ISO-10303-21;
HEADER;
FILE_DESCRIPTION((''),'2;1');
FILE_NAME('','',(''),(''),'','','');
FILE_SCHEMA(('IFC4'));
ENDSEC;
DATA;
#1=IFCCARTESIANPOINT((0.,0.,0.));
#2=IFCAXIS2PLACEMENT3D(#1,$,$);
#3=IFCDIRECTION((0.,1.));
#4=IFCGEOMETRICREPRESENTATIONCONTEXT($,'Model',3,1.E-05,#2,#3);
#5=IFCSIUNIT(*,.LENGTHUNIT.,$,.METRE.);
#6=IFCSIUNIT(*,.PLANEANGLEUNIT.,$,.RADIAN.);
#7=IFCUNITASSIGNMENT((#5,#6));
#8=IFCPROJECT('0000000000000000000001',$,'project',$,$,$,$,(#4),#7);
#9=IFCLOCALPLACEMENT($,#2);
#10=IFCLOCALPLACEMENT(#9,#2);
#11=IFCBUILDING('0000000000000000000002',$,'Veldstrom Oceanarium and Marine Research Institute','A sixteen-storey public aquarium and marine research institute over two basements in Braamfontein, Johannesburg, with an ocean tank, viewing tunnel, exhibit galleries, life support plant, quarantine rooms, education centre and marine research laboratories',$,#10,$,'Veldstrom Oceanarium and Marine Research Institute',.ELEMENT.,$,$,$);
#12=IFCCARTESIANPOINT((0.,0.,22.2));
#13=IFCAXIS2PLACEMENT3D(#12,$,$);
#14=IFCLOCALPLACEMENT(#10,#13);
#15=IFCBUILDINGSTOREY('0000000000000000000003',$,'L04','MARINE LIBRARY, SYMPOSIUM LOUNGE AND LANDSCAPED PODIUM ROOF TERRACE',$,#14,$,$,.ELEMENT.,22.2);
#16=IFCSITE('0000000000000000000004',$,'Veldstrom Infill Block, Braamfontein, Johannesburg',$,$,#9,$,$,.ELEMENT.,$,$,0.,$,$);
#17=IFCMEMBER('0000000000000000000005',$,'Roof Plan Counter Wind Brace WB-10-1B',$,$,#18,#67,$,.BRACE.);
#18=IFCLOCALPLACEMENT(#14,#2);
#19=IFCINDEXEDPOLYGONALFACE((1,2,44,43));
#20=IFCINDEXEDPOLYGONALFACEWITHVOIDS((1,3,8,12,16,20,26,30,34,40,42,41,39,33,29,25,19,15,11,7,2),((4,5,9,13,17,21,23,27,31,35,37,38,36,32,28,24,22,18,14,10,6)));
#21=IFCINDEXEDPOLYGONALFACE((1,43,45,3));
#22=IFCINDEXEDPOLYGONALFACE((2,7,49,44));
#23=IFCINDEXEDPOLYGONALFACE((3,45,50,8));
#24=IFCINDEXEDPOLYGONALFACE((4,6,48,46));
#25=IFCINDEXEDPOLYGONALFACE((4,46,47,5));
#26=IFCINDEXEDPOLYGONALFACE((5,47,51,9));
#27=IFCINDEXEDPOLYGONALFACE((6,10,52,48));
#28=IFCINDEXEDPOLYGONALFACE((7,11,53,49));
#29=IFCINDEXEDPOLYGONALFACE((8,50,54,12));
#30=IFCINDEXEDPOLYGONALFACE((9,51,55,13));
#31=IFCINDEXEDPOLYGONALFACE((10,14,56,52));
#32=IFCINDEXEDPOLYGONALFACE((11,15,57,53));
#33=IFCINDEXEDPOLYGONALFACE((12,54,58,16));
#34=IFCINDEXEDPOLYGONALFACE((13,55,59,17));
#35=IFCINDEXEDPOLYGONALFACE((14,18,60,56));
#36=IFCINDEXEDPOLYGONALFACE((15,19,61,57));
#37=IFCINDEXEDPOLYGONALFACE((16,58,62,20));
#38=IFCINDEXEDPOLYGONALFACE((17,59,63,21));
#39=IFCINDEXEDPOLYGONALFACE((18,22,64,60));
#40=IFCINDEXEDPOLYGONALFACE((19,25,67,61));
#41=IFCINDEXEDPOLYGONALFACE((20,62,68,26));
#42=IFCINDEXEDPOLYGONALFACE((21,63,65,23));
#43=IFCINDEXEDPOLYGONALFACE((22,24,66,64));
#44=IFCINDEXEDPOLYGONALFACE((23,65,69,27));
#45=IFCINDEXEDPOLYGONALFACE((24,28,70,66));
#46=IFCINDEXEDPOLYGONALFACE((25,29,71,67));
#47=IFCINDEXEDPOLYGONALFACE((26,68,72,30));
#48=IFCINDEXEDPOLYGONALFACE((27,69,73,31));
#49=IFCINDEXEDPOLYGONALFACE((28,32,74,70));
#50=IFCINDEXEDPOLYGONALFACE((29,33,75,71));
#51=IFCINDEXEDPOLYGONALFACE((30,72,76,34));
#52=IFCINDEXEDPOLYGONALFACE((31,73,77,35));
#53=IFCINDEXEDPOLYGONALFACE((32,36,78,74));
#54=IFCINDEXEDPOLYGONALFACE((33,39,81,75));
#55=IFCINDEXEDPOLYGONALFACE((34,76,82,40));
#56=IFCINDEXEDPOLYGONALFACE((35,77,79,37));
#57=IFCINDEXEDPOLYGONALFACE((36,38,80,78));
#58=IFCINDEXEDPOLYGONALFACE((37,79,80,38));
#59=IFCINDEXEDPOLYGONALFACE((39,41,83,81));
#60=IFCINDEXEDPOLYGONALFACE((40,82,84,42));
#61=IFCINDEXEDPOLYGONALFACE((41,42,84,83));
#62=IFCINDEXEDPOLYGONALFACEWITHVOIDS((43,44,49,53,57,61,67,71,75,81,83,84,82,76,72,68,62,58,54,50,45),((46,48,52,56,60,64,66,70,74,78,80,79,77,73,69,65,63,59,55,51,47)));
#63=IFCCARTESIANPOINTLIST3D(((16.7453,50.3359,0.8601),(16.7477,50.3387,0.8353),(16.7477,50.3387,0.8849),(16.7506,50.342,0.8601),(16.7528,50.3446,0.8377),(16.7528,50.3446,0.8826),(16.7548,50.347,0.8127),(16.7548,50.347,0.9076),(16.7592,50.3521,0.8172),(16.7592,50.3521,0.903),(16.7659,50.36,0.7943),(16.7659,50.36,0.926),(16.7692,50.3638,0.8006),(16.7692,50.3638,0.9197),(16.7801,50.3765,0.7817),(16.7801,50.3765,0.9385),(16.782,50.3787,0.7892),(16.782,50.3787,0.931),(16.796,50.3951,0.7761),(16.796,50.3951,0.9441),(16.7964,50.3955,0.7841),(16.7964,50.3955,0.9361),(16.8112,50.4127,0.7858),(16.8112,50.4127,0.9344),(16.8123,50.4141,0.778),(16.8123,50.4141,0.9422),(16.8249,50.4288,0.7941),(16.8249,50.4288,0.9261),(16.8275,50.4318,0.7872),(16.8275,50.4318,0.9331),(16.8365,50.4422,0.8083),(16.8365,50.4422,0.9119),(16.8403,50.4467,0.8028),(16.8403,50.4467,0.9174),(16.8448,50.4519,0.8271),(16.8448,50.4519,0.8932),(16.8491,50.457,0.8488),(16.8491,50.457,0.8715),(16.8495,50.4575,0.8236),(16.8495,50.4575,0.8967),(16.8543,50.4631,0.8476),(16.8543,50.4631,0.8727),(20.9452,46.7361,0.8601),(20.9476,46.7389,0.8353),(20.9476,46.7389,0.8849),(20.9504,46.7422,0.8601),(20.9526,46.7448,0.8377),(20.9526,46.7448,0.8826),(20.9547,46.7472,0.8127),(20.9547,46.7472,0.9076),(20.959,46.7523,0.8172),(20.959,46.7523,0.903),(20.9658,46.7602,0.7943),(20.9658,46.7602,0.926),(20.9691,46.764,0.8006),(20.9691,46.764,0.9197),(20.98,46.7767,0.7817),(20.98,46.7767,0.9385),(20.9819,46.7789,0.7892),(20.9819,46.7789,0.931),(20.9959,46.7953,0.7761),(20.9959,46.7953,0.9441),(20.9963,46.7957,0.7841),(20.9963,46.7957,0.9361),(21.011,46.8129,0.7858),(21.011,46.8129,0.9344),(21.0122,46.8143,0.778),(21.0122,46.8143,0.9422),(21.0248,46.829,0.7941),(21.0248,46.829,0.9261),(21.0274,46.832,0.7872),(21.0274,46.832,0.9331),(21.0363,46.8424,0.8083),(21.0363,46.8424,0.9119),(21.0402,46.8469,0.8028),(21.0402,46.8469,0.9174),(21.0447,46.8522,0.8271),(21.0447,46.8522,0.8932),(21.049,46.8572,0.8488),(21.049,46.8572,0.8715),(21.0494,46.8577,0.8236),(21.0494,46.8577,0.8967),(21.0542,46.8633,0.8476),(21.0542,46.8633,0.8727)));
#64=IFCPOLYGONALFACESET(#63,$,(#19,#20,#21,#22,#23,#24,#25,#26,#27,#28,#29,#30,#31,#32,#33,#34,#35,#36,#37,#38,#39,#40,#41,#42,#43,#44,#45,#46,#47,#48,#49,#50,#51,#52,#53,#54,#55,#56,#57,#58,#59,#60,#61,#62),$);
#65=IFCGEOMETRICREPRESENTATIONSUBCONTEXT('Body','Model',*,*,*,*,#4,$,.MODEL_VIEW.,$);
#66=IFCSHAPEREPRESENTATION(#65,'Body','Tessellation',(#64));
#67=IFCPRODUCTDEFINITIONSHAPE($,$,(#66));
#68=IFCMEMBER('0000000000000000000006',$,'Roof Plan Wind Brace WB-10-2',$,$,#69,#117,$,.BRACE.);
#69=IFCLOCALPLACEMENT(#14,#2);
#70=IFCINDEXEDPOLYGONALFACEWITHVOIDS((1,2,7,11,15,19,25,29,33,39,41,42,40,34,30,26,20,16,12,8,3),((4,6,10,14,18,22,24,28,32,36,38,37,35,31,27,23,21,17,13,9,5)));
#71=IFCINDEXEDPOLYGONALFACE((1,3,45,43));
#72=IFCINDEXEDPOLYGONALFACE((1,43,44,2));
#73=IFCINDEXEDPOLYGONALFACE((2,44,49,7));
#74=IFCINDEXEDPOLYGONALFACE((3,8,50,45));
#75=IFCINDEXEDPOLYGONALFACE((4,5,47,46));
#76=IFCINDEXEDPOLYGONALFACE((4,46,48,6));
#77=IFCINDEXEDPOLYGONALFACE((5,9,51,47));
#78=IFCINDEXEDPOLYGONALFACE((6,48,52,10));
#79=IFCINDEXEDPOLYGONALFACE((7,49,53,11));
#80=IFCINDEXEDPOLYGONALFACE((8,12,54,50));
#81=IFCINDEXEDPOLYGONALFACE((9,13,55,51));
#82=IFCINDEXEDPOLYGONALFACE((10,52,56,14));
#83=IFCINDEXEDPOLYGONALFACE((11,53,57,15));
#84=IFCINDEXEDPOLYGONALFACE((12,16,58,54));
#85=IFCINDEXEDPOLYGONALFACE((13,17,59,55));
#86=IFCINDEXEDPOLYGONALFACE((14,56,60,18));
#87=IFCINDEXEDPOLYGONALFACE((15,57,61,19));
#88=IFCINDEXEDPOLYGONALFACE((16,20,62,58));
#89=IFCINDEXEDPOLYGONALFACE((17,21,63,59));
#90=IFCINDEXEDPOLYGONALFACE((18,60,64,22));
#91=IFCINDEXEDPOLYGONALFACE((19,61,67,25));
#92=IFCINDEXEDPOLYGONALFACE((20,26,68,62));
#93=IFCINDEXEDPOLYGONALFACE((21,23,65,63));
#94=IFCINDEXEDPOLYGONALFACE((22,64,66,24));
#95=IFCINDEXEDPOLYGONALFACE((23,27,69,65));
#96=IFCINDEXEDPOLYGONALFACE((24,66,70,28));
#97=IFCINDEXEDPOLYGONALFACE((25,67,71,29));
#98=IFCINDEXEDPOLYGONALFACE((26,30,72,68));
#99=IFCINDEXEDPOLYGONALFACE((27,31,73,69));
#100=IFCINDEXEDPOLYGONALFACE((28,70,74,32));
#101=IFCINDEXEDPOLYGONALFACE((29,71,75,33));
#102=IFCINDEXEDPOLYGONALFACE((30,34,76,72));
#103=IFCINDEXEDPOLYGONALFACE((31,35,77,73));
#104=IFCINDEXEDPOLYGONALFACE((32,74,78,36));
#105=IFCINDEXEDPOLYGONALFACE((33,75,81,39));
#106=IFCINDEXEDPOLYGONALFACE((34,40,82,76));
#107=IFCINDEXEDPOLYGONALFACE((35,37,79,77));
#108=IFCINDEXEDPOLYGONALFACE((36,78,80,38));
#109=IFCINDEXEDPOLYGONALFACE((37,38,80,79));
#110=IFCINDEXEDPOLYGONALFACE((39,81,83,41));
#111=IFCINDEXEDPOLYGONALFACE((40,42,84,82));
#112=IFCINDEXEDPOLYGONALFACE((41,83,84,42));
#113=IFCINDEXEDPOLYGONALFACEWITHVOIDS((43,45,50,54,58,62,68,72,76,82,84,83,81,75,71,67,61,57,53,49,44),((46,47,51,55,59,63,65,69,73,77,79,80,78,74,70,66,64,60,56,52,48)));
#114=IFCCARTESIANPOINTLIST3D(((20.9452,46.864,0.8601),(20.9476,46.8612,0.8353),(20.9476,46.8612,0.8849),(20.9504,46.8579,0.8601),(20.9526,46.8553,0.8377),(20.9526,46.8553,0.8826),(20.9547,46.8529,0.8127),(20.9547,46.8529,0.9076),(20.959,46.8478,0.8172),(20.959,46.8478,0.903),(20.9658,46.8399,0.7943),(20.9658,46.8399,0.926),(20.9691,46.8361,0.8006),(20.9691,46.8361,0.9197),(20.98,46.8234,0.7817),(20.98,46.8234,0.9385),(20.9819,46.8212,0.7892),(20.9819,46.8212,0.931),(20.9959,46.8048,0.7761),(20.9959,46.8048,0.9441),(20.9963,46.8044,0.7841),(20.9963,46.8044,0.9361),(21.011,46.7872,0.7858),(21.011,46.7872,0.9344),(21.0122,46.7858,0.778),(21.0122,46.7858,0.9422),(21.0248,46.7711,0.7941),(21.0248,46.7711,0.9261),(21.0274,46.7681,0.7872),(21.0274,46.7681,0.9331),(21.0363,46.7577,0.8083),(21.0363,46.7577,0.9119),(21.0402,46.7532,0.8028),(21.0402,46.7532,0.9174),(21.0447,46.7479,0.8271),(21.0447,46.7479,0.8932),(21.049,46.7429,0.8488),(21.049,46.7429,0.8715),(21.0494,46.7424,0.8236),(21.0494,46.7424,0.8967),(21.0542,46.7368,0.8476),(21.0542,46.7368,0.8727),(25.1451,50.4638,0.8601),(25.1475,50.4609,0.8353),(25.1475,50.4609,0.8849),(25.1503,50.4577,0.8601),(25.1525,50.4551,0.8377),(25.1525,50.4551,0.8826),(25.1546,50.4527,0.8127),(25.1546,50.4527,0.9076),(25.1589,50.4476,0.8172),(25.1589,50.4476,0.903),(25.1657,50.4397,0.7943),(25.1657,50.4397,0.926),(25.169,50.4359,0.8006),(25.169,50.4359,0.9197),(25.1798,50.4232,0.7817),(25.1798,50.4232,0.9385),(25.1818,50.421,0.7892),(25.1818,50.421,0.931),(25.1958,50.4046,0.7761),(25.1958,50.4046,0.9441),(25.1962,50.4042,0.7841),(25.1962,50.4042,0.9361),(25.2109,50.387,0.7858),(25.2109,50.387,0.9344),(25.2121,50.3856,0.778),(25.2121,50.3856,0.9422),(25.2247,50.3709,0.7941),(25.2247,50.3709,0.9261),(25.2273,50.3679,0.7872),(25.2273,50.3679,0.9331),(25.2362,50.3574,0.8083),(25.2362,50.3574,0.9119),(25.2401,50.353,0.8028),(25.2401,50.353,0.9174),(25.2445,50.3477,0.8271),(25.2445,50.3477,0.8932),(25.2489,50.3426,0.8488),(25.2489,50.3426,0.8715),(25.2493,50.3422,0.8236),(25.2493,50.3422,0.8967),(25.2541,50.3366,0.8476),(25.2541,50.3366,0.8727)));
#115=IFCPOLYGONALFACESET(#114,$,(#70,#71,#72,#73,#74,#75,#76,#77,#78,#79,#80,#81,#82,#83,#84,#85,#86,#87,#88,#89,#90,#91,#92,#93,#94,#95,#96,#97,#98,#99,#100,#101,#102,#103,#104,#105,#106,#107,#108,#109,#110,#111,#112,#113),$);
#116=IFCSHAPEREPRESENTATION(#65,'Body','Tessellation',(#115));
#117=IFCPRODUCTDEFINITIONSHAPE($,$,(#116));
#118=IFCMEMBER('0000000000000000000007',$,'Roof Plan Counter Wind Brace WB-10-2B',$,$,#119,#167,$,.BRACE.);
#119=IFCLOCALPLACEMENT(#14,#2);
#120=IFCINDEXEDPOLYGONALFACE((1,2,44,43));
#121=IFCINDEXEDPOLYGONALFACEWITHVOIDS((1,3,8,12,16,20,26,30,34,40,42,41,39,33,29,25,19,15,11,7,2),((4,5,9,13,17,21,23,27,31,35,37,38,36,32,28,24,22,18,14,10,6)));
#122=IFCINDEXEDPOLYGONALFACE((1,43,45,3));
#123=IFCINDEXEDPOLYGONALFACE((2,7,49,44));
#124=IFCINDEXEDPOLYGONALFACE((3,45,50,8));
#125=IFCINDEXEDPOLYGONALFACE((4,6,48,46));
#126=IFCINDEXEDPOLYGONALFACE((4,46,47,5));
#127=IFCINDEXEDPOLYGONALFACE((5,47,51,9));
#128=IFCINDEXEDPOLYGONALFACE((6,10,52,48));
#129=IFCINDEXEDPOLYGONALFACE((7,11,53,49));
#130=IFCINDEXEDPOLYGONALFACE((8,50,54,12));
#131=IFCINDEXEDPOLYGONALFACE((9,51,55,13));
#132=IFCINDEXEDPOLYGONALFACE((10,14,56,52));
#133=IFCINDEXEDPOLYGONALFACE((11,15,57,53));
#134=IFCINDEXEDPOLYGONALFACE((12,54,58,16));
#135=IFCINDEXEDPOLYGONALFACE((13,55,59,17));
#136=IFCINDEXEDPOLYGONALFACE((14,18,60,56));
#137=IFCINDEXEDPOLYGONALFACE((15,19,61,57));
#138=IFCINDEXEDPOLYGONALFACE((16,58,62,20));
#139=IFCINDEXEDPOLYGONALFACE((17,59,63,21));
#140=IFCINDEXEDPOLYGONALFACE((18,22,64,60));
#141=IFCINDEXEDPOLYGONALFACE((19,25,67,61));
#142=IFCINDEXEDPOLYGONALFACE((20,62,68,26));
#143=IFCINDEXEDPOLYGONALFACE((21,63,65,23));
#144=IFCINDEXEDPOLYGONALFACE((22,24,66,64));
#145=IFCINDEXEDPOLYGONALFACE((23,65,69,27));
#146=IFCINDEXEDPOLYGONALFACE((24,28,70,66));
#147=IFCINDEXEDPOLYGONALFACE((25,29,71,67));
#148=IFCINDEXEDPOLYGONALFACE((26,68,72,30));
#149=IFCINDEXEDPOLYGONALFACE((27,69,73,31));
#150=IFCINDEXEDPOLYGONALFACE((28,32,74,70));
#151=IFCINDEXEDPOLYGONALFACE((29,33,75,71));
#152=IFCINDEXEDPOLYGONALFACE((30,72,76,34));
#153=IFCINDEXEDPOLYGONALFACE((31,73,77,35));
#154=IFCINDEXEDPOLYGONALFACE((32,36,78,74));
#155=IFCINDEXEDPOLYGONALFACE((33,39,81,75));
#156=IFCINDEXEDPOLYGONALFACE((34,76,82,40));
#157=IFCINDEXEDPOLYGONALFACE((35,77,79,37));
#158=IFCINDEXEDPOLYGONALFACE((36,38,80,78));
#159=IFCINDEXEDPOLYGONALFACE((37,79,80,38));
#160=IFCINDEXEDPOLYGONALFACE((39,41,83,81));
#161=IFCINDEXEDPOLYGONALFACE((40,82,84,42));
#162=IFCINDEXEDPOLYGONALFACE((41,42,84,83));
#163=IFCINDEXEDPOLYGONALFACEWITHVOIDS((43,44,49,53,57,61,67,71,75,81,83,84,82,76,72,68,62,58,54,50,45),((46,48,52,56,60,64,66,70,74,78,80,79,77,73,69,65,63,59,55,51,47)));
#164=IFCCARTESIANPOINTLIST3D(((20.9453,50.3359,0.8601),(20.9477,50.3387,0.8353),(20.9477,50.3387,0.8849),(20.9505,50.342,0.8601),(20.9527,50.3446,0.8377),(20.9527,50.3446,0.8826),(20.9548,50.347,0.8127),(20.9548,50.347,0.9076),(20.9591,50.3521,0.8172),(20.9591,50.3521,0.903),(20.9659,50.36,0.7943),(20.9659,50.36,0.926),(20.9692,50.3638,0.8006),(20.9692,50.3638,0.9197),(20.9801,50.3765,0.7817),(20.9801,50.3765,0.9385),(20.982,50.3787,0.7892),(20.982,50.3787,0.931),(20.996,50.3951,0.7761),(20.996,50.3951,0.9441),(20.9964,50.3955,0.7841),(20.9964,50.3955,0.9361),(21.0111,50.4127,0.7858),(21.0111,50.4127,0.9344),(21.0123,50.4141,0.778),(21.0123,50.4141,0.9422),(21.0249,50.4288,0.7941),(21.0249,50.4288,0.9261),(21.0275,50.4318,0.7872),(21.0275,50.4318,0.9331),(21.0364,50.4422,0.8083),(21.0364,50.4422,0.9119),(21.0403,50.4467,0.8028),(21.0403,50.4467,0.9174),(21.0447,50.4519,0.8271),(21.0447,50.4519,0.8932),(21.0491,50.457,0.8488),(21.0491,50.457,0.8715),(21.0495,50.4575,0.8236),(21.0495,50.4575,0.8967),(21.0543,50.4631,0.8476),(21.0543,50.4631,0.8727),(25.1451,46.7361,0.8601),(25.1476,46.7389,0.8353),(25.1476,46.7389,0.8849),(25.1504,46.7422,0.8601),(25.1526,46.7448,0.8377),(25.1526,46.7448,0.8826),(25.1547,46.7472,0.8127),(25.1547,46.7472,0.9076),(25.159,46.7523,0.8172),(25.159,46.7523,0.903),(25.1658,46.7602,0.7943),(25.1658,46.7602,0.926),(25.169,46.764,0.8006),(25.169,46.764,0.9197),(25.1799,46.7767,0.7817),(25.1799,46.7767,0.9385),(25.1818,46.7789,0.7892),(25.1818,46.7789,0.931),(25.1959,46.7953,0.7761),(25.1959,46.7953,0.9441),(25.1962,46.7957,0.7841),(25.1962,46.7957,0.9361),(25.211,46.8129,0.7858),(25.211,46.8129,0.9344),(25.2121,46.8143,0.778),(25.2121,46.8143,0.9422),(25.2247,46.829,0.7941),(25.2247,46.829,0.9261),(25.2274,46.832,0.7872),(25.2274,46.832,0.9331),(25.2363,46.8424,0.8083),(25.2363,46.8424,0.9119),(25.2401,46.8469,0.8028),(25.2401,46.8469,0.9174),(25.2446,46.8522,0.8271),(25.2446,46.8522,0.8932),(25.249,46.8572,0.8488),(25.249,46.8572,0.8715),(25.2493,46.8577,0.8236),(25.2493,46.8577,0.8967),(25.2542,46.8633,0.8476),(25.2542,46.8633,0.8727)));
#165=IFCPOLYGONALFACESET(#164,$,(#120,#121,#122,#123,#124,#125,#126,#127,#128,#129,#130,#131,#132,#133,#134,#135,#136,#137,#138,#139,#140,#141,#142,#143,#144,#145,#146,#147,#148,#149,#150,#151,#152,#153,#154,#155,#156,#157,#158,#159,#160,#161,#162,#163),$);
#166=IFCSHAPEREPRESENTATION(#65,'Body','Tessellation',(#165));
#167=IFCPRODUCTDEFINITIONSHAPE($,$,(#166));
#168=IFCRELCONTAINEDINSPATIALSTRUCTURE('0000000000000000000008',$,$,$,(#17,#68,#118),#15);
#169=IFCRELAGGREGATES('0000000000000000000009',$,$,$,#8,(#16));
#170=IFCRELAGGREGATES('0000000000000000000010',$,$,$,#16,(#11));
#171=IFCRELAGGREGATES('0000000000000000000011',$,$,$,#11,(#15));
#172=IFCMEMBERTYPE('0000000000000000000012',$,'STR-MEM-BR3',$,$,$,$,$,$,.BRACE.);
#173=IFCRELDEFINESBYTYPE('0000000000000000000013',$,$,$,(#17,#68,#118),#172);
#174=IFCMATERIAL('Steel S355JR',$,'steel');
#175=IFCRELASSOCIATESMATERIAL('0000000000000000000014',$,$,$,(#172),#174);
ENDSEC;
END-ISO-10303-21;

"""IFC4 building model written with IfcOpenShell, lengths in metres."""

from ifc_helpers import new_model, si_unit, direction, frame, origin, origin_2d, place, context, subcontext, project, spatial, hollow_circle, extrude, material, material_profile, profile_set, type_object, element, save


model = new_model("IFC4")

# Units and contexts
model_context = context("Model", 3, precision=1e-05, world=origin(), true_north=direction((0.0, 1.0)))
body_context = subcontext(model_context, "Body", "Model", "MODEL_VIEW")
ifc_project = project(units=[si_unit("LENGTHUNIT", "METRE"), si_unit("PLANEANGLEUNIT", "RADIAN")], contexts=[model_context])

# Site, building, storey
site_placement = place(None, origin())
site = spatial("IfcSite", under=ifc_project, at=site_placement, Name="Veldstrom Infill Block, Braamfontein, Johannesburg", CompositionType="ELEMENT", RefElevation=0.0)
building_placement = place(site_placement, origin())
building = spatial("IfcBuilding", under=site, at=building_placement, Name="Veldstrom Oceanarium and Marine Research Institute", Description="A sixteen-storey public aquarium and marine research institute over two basements in Braamfontein, Johannesburg, with an ocean tank, viewing tunnel, exhibit galleries, life support plant, quarantine rooms, education centre and marine research laboratories", LongName="Veldstrom Oceanarium and Marine Research Institute", CompositionType="ELEMENT")
storey_placement = place(building_placement, frame((0.0, 0.0, 22.2)))
storey = spatial("IfcBuildingStorey", under=building, at=storey_placement, Name="L04", Description="MARINE LIBRARY, SYMPOSIUM LOUNGE AND LANDSCAPED PODIUM ROOF TERRACE", CompositionType="ELEMENT", Elevation=22.2)

# Members
ifc_material_1 = material(Name="Steel S355JR", Category="steel")
ifc_material_profile_1 = material_profile(ifc_material_1, hollow_circle(Radius=0.0842, WallThickness=0.0081, at=origin_2d()), Name="CHS 168.3x8")
ifc_profile_set_1 = profile_set([ifc_material_profile_1], Name="Steel S355JR")
member_type_1 = type_object("IfcMemberType", Name="STR-MEM-BR3", PredefinedType="BRACE", material=ifc_profile_set_1)
for number, where, z_axis, x_axis, name in (
    (1, (21.0, 46.8, 0.8601), (-0.759266, 0.65078, 0.0), (-0.65078, -0.759266, 0.0), "Roof Plan Counter Wind Brace WB-10-1B"),
    (2, (21.0, 46.8, 0.8601), (0.759266, 0.65078, 0.0), (-0.65078, 0.759266, 0.0), "Roof Plan Wind Brace WB-10-2"),
    (3, (25.2, 46.8, 0.8601), (-0.759266, 0.65078, 0.0), (-0.65078, -0.759266, 0.0), "Roof Plan Counter Wind Brace WB-10-2B"),
):
    element("IfcMember", number, at=place(storey_placement, frame(where, z_axis=z_axis, x_axis=x_axis)), inside=storey, type_object=member_type_1, Name=name, PredefinedType="BRACE", context=body_context, shape_type="SweptSolid", body=[
        extrude(hollow_circle(Radius=0.0842, WallThickness=0.0081, at=origin_2d()), origin(), (0.0, 0.0, 1.0), 5.5315),
    ])

save(model, "model.ifc")
